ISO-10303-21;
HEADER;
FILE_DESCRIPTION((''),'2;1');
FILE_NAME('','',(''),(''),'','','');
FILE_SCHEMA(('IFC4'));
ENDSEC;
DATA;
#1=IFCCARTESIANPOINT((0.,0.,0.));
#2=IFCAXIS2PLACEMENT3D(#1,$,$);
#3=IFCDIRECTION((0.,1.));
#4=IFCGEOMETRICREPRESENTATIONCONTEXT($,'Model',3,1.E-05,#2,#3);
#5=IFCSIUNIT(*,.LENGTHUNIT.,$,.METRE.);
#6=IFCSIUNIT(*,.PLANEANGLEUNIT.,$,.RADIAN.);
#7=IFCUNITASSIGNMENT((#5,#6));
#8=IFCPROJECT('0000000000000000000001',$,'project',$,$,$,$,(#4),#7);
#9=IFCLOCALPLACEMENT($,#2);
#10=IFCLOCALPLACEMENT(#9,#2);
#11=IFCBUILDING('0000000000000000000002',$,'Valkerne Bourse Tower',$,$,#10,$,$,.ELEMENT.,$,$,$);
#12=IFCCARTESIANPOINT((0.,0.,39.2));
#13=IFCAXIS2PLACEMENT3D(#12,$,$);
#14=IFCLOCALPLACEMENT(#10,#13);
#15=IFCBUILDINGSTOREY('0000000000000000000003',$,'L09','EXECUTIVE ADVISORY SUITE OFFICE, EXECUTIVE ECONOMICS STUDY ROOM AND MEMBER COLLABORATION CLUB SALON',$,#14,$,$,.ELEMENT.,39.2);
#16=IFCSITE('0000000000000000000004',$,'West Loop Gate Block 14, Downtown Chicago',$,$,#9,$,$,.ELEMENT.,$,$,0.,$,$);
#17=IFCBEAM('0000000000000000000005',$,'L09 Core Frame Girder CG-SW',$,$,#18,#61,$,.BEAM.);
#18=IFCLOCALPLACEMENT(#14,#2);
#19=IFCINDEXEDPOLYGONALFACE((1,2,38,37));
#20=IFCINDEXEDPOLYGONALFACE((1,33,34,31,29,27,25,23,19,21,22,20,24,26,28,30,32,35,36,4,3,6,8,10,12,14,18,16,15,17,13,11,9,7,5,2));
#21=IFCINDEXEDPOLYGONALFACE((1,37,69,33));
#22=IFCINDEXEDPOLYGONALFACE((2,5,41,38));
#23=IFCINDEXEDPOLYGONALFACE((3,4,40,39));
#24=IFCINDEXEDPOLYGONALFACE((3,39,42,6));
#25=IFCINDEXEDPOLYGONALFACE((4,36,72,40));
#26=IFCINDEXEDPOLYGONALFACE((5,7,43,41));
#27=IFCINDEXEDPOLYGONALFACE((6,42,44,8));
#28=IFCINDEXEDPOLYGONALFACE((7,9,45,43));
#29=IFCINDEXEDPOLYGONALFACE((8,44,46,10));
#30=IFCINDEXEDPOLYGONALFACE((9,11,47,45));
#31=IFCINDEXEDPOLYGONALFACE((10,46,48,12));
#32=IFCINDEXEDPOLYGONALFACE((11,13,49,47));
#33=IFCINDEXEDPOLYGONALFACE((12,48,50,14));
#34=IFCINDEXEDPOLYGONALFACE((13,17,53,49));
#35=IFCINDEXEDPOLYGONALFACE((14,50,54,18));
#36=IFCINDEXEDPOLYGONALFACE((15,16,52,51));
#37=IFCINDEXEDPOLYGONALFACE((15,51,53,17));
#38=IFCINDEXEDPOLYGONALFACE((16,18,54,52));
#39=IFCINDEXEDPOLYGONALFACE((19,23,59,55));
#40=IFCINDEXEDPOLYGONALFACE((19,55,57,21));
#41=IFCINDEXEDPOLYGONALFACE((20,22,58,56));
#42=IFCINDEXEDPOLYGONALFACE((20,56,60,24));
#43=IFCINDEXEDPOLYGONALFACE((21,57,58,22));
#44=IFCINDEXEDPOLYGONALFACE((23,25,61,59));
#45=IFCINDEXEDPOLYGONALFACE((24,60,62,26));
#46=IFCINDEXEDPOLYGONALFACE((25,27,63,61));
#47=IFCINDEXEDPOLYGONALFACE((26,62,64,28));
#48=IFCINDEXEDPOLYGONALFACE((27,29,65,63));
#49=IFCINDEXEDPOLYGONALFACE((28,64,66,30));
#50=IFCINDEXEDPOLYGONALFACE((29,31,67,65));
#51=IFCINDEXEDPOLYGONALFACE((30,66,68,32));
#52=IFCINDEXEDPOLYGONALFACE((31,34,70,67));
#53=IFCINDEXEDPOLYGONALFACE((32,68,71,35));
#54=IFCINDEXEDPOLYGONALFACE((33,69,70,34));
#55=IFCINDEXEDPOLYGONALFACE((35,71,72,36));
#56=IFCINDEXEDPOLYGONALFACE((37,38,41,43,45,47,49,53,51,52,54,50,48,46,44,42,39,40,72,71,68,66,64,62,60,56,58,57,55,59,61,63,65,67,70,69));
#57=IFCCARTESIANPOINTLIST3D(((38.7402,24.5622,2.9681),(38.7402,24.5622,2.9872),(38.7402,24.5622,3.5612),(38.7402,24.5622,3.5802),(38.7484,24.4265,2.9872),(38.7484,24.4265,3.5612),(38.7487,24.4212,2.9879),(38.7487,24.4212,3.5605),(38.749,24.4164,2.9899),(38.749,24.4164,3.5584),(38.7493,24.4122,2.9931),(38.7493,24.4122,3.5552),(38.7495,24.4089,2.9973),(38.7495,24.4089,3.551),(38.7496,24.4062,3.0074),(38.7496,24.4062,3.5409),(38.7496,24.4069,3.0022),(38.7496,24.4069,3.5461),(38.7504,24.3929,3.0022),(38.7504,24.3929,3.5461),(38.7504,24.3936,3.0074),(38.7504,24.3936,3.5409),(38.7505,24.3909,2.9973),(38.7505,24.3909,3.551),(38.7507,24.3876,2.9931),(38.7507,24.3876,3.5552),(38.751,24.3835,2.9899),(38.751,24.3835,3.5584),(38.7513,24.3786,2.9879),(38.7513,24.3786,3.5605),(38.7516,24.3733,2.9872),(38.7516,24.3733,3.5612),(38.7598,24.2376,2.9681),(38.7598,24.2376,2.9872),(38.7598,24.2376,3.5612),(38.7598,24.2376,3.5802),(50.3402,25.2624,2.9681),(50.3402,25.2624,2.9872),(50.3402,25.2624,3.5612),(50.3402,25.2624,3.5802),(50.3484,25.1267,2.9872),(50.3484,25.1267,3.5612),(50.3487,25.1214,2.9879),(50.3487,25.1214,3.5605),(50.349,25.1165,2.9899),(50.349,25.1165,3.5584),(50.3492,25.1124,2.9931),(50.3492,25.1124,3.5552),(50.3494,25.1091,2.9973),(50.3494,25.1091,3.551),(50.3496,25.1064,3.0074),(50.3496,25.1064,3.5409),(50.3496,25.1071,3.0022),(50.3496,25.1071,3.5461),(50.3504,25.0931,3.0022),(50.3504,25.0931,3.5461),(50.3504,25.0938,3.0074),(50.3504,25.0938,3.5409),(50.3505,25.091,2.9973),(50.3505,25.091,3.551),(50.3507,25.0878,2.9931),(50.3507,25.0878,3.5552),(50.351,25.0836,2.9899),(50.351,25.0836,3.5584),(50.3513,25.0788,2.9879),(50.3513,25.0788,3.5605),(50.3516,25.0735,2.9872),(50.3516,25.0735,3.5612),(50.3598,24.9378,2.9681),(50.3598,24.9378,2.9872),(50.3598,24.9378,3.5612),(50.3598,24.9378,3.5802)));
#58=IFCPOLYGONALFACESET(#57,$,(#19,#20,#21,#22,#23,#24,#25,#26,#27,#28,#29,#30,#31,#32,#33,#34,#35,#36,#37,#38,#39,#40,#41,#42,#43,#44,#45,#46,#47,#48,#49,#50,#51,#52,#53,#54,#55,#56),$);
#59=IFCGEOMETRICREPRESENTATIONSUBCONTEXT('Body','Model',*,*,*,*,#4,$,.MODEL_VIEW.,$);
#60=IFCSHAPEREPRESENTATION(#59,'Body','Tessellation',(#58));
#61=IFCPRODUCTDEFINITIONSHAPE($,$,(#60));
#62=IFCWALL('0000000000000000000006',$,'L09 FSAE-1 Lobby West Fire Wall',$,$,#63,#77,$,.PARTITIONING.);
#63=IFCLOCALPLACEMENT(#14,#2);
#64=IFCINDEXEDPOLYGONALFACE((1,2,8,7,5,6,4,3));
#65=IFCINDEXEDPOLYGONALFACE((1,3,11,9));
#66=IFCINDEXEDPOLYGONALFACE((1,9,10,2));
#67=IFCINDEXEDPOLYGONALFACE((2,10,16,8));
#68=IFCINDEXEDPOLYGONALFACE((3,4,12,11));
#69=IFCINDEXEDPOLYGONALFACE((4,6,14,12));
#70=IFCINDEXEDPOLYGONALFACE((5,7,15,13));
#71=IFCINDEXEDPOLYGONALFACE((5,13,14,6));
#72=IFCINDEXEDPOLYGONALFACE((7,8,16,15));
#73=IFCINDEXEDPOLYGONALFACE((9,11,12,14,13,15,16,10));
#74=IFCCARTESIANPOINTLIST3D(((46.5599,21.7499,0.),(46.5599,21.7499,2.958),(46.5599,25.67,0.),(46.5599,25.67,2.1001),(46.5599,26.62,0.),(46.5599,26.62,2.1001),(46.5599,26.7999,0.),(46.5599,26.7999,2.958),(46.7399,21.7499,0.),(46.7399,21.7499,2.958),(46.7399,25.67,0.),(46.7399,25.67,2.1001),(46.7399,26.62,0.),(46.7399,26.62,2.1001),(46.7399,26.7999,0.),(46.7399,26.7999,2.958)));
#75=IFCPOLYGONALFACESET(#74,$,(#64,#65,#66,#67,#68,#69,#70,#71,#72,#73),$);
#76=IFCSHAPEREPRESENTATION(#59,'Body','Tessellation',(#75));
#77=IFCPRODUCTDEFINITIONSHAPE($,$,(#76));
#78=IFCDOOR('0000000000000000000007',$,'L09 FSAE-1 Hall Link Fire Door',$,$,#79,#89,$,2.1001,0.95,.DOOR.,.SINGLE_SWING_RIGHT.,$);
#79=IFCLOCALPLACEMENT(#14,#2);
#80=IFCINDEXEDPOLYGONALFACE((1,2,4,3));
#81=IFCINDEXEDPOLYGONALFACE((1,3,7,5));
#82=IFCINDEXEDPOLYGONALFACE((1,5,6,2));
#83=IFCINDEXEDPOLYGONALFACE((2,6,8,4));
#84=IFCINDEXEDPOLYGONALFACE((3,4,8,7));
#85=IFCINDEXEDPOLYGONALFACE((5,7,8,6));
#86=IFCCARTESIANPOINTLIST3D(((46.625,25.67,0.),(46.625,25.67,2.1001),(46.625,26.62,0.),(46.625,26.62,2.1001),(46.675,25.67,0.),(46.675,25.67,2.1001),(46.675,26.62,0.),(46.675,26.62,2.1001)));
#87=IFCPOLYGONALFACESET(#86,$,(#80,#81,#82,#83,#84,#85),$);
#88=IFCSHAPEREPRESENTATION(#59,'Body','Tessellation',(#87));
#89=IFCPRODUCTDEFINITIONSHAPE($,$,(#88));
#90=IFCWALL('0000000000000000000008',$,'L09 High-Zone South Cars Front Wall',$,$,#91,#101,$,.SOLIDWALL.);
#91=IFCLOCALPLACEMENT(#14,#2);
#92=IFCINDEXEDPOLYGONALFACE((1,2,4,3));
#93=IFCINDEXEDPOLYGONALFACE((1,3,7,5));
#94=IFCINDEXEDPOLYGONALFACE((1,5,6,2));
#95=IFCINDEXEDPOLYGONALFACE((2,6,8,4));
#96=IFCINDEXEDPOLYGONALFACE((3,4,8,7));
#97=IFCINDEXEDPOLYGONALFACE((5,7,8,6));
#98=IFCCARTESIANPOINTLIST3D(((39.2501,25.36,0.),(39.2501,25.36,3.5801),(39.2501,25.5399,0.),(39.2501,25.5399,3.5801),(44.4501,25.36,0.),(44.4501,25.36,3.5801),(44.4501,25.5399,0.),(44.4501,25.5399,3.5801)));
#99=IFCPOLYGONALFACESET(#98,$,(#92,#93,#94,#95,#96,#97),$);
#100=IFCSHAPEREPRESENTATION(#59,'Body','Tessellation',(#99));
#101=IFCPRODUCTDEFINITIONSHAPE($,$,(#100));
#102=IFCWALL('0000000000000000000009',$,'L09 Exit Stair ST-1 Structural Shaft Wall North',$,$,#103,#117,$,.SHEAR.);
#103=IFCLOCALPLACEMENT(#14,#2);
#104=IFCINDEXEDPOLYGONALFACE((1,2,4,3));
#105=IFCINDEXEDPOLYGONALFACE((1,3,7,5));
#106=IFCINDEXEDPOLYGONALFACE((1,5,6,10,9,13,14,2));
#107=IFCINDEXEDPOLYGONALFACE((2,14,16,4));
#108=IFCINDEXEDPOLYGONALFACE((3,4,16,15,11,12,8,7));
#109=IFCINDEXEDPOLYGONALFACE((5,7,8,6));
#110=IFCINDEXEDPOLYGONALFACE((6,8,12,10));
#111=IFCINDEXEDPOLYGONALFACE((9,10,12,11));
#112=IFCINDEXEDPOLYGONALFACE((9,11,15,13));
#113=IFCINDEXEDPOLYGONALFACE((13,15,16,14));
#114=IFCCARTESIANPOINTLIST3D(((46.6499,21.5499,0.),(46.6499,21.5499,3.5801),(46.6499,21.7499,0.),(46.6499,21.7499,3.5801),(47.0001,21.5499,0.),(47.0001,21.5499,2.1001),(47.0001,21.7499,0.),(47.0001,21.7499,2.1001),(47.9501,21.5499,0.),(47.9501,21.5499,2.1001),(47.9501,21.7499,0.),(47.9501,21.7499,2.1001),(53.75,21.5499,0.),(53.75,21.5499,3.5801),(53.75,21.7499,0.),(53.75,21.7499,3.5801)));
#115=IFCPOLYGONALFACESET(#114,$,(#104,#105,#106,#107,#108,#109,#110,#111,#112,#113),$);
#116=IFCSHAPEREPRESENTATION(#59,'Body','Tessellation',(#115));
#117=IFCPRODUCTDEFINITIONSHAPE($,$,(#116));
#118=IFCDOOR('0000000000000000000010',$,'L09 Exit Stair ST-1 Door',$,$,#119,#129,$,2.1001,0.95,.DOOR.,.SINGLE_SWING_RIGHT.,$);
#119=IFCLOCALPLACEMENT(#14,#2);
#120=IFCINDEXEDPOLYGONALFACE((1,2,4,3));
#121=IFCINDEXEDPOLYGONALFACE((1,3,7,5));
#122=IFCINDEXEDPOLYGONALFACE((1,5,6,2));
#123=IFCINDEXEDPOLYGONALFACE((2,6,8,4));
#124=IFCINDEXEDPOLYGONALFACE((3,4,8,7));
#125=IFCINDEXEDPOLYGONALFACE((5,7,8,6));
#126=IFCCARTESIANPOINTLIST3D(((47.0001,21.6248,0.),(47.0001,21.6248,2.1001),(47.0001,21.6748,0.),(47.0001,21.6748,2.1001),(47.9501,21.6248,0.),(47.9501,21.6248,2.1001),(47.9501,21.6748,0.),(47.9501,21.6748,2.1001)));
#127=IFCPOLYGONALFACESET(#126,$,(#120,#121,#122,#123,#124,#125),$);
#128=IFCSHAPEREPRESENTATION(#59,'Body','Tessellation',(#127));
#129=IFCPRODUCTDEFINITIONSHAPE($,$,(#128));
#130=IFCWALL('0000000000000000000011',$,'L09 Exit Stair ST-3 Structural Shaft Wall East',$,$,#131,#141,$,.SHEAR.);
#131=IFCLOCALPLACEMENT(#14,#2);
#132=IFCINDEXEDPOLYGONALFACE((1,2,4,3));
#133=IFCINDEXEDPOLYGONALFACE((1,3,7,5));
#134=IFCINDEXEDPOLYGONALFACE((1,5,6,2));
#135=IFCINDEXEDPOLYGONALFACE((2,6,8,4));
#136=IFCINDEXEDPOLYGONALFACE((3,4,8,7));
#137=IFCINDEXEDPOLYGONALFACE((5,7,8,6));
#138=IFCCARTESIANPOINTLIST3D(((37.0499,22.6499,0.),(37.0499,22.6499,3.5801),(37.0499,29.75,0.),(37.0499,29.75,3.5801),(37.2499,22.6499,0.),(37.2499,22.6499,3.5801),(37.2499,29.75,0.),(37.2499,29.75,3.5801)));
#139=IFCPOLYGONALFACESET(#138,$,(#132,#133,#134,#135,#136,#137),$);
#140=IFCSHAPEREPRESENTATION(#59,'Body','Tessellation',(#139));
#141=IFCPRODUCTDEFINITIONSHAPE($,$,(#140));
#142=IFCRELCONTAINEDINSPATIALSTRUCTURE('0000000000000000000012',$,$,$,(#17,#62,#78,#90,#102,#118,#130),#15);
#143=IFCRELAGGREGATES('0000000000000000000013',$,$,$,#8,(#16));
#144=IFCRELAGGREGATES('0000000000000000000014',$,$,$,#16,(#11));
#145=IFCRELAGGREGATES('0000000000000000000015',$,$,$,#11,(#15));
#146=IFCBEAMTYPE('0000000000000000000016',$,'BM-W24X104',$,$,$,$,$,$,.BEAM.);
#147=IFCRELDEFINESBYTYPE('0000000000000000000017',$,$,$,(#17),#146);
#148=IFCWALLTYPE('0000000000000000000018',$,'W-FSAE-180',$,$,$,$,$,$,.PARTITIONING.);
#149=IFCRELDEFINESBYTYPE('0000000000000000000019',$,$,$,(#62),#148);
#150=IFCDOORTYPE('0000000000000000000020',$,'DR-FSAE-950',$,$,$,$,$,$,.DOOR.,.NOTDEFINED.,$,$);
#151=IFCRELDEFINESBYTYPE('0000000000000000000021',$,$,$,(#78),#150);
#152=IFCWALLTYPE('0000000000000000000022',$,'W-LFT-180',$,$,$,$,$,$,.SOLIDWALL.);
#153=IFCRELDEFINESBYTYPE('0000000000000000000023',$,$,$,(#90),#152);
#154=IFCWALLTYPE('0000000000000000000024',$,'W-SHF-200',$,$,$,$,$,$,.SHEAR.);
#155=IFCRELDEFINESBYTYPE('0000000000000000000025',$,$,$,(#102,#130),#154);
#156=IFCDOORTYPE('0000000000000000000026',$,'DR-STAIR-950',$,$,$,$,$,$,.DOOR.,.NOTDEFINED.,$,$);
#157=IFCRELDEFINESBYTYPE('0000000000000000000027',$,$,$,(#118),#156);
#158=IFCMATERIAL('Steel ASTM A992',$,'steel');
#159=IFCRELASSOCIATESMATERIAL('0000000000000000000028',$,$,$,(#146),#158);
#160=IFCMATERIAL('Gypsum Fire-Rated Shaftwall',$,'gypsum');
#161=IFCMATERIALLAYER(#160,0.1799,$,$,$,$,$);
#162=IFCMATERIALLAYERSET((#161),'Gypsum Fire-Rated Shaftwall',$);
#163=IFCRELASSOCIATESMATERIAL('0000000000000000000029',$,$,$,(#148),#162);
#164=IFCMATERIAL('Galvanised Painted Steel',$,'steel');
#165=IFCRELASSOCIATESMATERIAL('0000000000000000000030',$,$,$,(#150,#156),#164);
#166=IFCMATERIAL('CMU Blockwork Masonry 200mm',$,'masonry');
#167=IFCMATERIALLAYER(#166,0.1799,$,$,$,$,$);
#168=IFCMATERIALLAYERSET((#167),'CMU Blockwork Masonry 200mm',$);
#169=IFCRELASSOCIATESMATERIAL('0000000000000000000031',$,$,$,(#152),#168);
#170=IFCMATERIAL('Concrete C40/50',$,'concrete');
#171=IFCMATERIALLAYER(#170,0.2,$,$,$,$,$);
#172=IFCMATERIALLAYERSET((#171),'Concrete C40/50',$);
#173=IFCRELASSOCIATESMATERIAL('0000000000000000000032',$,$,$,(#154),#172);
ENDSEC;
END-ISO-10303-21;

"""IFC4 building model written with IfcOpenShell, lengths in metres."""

from ifc_helpers import new_model, si_unit, direction, frame, frame_2d, origin, origin_2d, place, context, subcontext, project, spatial, rectangle, i_section, extrude, material, layer, layer_set, material_profile, profile_set, type_object, element, fill, save


model = new_model("IFC4")

# Units and contexts
model_context = context("Model", 3, precision=1e-05, world=origin(), true_north=direction((0.0, 1.0)))
body_context = subcontext(model_context, "Body", "Model", "MODEL_VIEW")
ifc_project = project(units=[si_unit("LENGTHUNIT", "METRE"), si_unit("PLANEANGLEUNIT", "RADIAN")], contexts=[model_context])

# Site, building, storey
site_placement = place(None, origin())
site = spatial("IfcSite", under=ifc_project, at=site_placement, Name="West Loop Gate Block 14, Downtown Chicago", CompositionType="ELEMENT", RefElevation=0.0)
building_placement = place(site_placement, origin())
building = spatial("IfcBuilding", under=site, at=building_placement, Name="Valkerne Bourse Tower", CompositionType="ELEMENT")
storey_placement = place(building_placement, frame((0.0, 0.0, 39.2)))
storey = spatial("IfcBuildingStorey", under=building, at=storey_placement, Name="L09", Description="EXECUTIVE ADVISORY SUITE OFFICE, EXECUTIVE ECONOMICS STUDY ROOM AND MEMBER COLLABORATION CLUB SALON", CompositionType="ELEMENT", Elevation=39.2)

# Beam
ifc_material_1 = material(Name="Steel ASTM A992", Category="steel")
ifc_material_profile_1 = material_profile(ifc_material_1, i_section(OverallWidth=0.3252, OverallDepth=0.6121, WebThickness=0.0127, FlangeThickness=0.019, FilletRadius=0.0203, at=origin_2d()), Name="W24X104")
ifc_profile_set_1 = profile_set([ifc_material_profile_1], Name="Steel ASTM A992")
beam_type = type_object("IfcBeamType", Name="BM-W24X104", PredefinedType="BEAM", material=ifc_profile_set_1)
beam_1_placement = place(storey_placement, frame((38.75, 24.3999, 3.2742), z_axis=(0.998183, 0.060251, 0.0), x_axis=(-0.060251, 0.998183, 0.0)))
element("IfcBeam", 1, at=beam_1_placement, inside=storey, type_object=beam_type, Name="L09 Core Frame Girder CG-SW", PredefinedType="BEAM", context=body_context, shape_type="SweptSolid", body=[
    extrude(i_section(OverallWidth=0.3252, OverallDepth=0.6121, WebThickness=0.0127, FlangeThickness=0.019, FilletRadius=0.0203, at=origin_2d()), origin(), (0.0, 0.0, 1.0), 11.6211),
])

# Wall, opening, door
ifc_material_2 = material(Name="Gypsum Fire-Rated Shaftwall", Category="gypsum")
ifc_layer_1 = layer(ifc_material_2, 0.1799)
ifc_layer_set_1 = layer_set([ifc_layer_1], Name="Gypsum Fire-Rated Shaftwall")
wall_type_1 = type_object("IfcWallType", Name="W-FSAE-180", PredefinedType="PARTITIONING", material=ifc_layer_set_1)
wall_1_placement = place(storey_placement, frame((46.6499, 21.75, 0.0), z_axis=(0.0, 0.0, 1.0), x_axis=(0.0, 1.0, 0.0)))
wall_1 = element("IfcWall", 2, at=wall_1_placement, inside=storey, type_object=wall_type_1, Name="L09 FSAE-1 Lobby West Fire Wall", PredefinedType="PARTITIONING", context=body_context, shape_type="SweptSolid", body=[
    extrude(rectangle(XDim=5.05, YDim=0.1799, at=frame_2d((2.5249, 0.0))), origin(), (0.0, 0.0, 1.0), 2.958),
])
opening_1_placement = place(wall_1_placement, frame((3.9199, 0.0, 0.0)))
opening_1 = element("IfcOpeningElement", 3, at=opening_1_placement, cuts=wall_1, PredefinedType="OPENING", context=body_context, shape_type="SweptSolid", body=[
    extrude(rectangle(XDim=0.95, YDim=2.1001, at=frame_2d((0.4751, 1.05))), frame((0.0, 0.0999, 0.0), z_axis=(0.0, -1.0, 0.0), x_axis=(1.0, 0.0, 0.0)), (0.0, 0.0, 1.0), 0.2),
])
ifc_material_3 = material(Name="Galvanised Painted Steel", Category="steel")
door_type_1 = type_object("IfcDoorType", Name="DR-FSAE-950", OperationType="NOTDEFINED", PredefinedType="DOOR", material=ifc_material_3)
door_1_placement = place(opening_1_placement, origin())
door_1 = element("IfcDoor", 4, at=door_1_placement, inside=storey, type_object=door_type_1, Name="L09 FSAE-1 Hall Link Fire Door", OperationType="SINGLE_SWING_RIGHT", OverallHeight=2.1001, OverallWidth=0.95, PredefinedType="DOOR", context=body_context, shape_type="SweptSolid", body=[
    extrude(rectangle(XDim=0.95, YDim=2.1001, at=frame_2d((0.4751, 1.05))), frame((0.0, 0.0249, 0.0), z_axis=(0.0, -1.0, 0.0), x_axis=(1.0, 0.0, 0.0)), (0.0, 0.0, 1.0), 0.05),
])
fill(opening_1, door_1)

# Wall
ifc_material_4 = material(Name="CMU Blockwork Masonry 200mm", Category="masonry")
ifc_layer_2 = layer(ifc_material_4, 0.1799)
ifc_layer_set_2 = layer_set([ifc_layer_2], Name="CMU Blockwork Masonry 200mm")
wall_type_2 = type_object("IfcWallType", Name="W-LFT-180", PredefinedType="SOLIDWALL", material=ifc_layer_set_2)
wall_2_placement = place(storey_placement, frame((39.25, 25.45, 0.0), z_axis=(0.0, 0.0, 1.0), x_axis=(1.0, 0.0, 0.0)))
element("IfcWall", 5, at=wall_2_placement, inside=storey, type_object=wall_type_2, Name="L09 High-Zone South Cars Front Wall", PredefinedType="SOLIDWALL", context=body_context, shape_type="SweptSolid", body=[
    extrude(rectangle(XDim=5.2, YDim=0.1799, at=frame_2d((2.6001, 0.0))), origin(), (0.0, 0.0, 1.0), 3.5801),
])

# Wall, opening, door
ifc_material_5 = material(Name="Concrete C40/50", Category="concrete")
ifc_layer_3 = layer(ifc_material_5, 0.2)
ifc_layer_set_3 = layer_set([ifc_layer_3], Name="Concrete C40/50")
wall_type_3 = type_object("IfcWallType", Name="W-SHF-200", PredefinedType="SHEAR", material=ifc_layer_set_3)
wall_3_placement = place(storey_placement, frame((46.6499, 21.6499, 0.0), z_axis=(0.0, 0.0, 1.0), x_axis=(1.0, 0.0, 0.0)))
wall_3 = element("IfcWall", 6, at=wall_3_placement, inside=storey, type_object=wall_type_3, Name="L09 Exit Stair ST-1 Structural Shaft Wall North", PredefinedType="SHEAR", context=body_context, shape_type="SweptSolid", body=[
    extrude(rectangle(XDim=7.1001, YDim=0.2, at=frame_2d((3.55, 0.0))), origin(), (0.0, 0.0, 1.0), 3.5801),
])
opening_2_placement = place(wall_3_placement, frame((0.3501, 0.0, 0.0)))
opening_2 = element("IfcOpeningElement", 7, at=opening_2_placement, cuts=wall_3, PredefinedType="OPENING", context=body_context, shape_type="SweptSolid", body=[
    extrude(rectangle(XDim=0.95, YDim=2.1001, at=frame_2d((0.4751, 1.05))), frame((0.0, 0.1099, 0.0), z_axis=(0.0, -1.0, 0.0), x_axis=(1.0, 0.0, 0.0)), (0.0, 0.0, 1.0), 0.22),
])
door_type_2 = type_object("IfcDoorType", Name="DR-STAIR-950", OperationType="NOTDEFINED", PredefinedType="DOOR", material=ifc_material_3)
door_2_placement = place(opening_2_placement, origin())
door_2 = element("IfcDoor", 8, at=door_2_placement, inside=storey, type_object=door_type_2, Name="L09 Exit Stair ST-1 Door", OperationType="SINGLE_SWING_RIGHT", OverallHeight=2.1001, OverallWidth=0.95, PredefinedType="DOOR", context=body_context, shape_type="SweptSolid", body=[
    extrude(rectangle(XDim=0.95, YDim=2.1001, at=frame_2d((0.4751, 1.05))), frame((0.0, 0.0249, 0.0), z_axis=(0.0, -1.0, 0.0), x_axis=(1.0, 0.0, 0.0)), (0.0, 0.0, 1.0), 0.05),
])
fill(opening_2, door_2)

# Wall
wall_4_placement = place(storey_placement, frame((37.1499, 22.6499, 0.0), z_axis=(0.0, 0.0, 1.0), x_axis=(0.0, 1.0, 0.0)))
element("IfcWall", 9, at=wall_4_placement, inside=storey, type_object=wall_type_3, Name="L09 Exit Stair ST-3 Structural Shaft Wall East", PredefinedType="SHEAR", context=body_context, shape_type="SweptSolid", body=[
    extrude(rectangle(XDim=7.1001, YDim=0.2, at=frame_2d((3.55, 0.0))), origin(), (0.0, 0.0, 1.0), 3.5801),
])

save(model, "model.ifc")
